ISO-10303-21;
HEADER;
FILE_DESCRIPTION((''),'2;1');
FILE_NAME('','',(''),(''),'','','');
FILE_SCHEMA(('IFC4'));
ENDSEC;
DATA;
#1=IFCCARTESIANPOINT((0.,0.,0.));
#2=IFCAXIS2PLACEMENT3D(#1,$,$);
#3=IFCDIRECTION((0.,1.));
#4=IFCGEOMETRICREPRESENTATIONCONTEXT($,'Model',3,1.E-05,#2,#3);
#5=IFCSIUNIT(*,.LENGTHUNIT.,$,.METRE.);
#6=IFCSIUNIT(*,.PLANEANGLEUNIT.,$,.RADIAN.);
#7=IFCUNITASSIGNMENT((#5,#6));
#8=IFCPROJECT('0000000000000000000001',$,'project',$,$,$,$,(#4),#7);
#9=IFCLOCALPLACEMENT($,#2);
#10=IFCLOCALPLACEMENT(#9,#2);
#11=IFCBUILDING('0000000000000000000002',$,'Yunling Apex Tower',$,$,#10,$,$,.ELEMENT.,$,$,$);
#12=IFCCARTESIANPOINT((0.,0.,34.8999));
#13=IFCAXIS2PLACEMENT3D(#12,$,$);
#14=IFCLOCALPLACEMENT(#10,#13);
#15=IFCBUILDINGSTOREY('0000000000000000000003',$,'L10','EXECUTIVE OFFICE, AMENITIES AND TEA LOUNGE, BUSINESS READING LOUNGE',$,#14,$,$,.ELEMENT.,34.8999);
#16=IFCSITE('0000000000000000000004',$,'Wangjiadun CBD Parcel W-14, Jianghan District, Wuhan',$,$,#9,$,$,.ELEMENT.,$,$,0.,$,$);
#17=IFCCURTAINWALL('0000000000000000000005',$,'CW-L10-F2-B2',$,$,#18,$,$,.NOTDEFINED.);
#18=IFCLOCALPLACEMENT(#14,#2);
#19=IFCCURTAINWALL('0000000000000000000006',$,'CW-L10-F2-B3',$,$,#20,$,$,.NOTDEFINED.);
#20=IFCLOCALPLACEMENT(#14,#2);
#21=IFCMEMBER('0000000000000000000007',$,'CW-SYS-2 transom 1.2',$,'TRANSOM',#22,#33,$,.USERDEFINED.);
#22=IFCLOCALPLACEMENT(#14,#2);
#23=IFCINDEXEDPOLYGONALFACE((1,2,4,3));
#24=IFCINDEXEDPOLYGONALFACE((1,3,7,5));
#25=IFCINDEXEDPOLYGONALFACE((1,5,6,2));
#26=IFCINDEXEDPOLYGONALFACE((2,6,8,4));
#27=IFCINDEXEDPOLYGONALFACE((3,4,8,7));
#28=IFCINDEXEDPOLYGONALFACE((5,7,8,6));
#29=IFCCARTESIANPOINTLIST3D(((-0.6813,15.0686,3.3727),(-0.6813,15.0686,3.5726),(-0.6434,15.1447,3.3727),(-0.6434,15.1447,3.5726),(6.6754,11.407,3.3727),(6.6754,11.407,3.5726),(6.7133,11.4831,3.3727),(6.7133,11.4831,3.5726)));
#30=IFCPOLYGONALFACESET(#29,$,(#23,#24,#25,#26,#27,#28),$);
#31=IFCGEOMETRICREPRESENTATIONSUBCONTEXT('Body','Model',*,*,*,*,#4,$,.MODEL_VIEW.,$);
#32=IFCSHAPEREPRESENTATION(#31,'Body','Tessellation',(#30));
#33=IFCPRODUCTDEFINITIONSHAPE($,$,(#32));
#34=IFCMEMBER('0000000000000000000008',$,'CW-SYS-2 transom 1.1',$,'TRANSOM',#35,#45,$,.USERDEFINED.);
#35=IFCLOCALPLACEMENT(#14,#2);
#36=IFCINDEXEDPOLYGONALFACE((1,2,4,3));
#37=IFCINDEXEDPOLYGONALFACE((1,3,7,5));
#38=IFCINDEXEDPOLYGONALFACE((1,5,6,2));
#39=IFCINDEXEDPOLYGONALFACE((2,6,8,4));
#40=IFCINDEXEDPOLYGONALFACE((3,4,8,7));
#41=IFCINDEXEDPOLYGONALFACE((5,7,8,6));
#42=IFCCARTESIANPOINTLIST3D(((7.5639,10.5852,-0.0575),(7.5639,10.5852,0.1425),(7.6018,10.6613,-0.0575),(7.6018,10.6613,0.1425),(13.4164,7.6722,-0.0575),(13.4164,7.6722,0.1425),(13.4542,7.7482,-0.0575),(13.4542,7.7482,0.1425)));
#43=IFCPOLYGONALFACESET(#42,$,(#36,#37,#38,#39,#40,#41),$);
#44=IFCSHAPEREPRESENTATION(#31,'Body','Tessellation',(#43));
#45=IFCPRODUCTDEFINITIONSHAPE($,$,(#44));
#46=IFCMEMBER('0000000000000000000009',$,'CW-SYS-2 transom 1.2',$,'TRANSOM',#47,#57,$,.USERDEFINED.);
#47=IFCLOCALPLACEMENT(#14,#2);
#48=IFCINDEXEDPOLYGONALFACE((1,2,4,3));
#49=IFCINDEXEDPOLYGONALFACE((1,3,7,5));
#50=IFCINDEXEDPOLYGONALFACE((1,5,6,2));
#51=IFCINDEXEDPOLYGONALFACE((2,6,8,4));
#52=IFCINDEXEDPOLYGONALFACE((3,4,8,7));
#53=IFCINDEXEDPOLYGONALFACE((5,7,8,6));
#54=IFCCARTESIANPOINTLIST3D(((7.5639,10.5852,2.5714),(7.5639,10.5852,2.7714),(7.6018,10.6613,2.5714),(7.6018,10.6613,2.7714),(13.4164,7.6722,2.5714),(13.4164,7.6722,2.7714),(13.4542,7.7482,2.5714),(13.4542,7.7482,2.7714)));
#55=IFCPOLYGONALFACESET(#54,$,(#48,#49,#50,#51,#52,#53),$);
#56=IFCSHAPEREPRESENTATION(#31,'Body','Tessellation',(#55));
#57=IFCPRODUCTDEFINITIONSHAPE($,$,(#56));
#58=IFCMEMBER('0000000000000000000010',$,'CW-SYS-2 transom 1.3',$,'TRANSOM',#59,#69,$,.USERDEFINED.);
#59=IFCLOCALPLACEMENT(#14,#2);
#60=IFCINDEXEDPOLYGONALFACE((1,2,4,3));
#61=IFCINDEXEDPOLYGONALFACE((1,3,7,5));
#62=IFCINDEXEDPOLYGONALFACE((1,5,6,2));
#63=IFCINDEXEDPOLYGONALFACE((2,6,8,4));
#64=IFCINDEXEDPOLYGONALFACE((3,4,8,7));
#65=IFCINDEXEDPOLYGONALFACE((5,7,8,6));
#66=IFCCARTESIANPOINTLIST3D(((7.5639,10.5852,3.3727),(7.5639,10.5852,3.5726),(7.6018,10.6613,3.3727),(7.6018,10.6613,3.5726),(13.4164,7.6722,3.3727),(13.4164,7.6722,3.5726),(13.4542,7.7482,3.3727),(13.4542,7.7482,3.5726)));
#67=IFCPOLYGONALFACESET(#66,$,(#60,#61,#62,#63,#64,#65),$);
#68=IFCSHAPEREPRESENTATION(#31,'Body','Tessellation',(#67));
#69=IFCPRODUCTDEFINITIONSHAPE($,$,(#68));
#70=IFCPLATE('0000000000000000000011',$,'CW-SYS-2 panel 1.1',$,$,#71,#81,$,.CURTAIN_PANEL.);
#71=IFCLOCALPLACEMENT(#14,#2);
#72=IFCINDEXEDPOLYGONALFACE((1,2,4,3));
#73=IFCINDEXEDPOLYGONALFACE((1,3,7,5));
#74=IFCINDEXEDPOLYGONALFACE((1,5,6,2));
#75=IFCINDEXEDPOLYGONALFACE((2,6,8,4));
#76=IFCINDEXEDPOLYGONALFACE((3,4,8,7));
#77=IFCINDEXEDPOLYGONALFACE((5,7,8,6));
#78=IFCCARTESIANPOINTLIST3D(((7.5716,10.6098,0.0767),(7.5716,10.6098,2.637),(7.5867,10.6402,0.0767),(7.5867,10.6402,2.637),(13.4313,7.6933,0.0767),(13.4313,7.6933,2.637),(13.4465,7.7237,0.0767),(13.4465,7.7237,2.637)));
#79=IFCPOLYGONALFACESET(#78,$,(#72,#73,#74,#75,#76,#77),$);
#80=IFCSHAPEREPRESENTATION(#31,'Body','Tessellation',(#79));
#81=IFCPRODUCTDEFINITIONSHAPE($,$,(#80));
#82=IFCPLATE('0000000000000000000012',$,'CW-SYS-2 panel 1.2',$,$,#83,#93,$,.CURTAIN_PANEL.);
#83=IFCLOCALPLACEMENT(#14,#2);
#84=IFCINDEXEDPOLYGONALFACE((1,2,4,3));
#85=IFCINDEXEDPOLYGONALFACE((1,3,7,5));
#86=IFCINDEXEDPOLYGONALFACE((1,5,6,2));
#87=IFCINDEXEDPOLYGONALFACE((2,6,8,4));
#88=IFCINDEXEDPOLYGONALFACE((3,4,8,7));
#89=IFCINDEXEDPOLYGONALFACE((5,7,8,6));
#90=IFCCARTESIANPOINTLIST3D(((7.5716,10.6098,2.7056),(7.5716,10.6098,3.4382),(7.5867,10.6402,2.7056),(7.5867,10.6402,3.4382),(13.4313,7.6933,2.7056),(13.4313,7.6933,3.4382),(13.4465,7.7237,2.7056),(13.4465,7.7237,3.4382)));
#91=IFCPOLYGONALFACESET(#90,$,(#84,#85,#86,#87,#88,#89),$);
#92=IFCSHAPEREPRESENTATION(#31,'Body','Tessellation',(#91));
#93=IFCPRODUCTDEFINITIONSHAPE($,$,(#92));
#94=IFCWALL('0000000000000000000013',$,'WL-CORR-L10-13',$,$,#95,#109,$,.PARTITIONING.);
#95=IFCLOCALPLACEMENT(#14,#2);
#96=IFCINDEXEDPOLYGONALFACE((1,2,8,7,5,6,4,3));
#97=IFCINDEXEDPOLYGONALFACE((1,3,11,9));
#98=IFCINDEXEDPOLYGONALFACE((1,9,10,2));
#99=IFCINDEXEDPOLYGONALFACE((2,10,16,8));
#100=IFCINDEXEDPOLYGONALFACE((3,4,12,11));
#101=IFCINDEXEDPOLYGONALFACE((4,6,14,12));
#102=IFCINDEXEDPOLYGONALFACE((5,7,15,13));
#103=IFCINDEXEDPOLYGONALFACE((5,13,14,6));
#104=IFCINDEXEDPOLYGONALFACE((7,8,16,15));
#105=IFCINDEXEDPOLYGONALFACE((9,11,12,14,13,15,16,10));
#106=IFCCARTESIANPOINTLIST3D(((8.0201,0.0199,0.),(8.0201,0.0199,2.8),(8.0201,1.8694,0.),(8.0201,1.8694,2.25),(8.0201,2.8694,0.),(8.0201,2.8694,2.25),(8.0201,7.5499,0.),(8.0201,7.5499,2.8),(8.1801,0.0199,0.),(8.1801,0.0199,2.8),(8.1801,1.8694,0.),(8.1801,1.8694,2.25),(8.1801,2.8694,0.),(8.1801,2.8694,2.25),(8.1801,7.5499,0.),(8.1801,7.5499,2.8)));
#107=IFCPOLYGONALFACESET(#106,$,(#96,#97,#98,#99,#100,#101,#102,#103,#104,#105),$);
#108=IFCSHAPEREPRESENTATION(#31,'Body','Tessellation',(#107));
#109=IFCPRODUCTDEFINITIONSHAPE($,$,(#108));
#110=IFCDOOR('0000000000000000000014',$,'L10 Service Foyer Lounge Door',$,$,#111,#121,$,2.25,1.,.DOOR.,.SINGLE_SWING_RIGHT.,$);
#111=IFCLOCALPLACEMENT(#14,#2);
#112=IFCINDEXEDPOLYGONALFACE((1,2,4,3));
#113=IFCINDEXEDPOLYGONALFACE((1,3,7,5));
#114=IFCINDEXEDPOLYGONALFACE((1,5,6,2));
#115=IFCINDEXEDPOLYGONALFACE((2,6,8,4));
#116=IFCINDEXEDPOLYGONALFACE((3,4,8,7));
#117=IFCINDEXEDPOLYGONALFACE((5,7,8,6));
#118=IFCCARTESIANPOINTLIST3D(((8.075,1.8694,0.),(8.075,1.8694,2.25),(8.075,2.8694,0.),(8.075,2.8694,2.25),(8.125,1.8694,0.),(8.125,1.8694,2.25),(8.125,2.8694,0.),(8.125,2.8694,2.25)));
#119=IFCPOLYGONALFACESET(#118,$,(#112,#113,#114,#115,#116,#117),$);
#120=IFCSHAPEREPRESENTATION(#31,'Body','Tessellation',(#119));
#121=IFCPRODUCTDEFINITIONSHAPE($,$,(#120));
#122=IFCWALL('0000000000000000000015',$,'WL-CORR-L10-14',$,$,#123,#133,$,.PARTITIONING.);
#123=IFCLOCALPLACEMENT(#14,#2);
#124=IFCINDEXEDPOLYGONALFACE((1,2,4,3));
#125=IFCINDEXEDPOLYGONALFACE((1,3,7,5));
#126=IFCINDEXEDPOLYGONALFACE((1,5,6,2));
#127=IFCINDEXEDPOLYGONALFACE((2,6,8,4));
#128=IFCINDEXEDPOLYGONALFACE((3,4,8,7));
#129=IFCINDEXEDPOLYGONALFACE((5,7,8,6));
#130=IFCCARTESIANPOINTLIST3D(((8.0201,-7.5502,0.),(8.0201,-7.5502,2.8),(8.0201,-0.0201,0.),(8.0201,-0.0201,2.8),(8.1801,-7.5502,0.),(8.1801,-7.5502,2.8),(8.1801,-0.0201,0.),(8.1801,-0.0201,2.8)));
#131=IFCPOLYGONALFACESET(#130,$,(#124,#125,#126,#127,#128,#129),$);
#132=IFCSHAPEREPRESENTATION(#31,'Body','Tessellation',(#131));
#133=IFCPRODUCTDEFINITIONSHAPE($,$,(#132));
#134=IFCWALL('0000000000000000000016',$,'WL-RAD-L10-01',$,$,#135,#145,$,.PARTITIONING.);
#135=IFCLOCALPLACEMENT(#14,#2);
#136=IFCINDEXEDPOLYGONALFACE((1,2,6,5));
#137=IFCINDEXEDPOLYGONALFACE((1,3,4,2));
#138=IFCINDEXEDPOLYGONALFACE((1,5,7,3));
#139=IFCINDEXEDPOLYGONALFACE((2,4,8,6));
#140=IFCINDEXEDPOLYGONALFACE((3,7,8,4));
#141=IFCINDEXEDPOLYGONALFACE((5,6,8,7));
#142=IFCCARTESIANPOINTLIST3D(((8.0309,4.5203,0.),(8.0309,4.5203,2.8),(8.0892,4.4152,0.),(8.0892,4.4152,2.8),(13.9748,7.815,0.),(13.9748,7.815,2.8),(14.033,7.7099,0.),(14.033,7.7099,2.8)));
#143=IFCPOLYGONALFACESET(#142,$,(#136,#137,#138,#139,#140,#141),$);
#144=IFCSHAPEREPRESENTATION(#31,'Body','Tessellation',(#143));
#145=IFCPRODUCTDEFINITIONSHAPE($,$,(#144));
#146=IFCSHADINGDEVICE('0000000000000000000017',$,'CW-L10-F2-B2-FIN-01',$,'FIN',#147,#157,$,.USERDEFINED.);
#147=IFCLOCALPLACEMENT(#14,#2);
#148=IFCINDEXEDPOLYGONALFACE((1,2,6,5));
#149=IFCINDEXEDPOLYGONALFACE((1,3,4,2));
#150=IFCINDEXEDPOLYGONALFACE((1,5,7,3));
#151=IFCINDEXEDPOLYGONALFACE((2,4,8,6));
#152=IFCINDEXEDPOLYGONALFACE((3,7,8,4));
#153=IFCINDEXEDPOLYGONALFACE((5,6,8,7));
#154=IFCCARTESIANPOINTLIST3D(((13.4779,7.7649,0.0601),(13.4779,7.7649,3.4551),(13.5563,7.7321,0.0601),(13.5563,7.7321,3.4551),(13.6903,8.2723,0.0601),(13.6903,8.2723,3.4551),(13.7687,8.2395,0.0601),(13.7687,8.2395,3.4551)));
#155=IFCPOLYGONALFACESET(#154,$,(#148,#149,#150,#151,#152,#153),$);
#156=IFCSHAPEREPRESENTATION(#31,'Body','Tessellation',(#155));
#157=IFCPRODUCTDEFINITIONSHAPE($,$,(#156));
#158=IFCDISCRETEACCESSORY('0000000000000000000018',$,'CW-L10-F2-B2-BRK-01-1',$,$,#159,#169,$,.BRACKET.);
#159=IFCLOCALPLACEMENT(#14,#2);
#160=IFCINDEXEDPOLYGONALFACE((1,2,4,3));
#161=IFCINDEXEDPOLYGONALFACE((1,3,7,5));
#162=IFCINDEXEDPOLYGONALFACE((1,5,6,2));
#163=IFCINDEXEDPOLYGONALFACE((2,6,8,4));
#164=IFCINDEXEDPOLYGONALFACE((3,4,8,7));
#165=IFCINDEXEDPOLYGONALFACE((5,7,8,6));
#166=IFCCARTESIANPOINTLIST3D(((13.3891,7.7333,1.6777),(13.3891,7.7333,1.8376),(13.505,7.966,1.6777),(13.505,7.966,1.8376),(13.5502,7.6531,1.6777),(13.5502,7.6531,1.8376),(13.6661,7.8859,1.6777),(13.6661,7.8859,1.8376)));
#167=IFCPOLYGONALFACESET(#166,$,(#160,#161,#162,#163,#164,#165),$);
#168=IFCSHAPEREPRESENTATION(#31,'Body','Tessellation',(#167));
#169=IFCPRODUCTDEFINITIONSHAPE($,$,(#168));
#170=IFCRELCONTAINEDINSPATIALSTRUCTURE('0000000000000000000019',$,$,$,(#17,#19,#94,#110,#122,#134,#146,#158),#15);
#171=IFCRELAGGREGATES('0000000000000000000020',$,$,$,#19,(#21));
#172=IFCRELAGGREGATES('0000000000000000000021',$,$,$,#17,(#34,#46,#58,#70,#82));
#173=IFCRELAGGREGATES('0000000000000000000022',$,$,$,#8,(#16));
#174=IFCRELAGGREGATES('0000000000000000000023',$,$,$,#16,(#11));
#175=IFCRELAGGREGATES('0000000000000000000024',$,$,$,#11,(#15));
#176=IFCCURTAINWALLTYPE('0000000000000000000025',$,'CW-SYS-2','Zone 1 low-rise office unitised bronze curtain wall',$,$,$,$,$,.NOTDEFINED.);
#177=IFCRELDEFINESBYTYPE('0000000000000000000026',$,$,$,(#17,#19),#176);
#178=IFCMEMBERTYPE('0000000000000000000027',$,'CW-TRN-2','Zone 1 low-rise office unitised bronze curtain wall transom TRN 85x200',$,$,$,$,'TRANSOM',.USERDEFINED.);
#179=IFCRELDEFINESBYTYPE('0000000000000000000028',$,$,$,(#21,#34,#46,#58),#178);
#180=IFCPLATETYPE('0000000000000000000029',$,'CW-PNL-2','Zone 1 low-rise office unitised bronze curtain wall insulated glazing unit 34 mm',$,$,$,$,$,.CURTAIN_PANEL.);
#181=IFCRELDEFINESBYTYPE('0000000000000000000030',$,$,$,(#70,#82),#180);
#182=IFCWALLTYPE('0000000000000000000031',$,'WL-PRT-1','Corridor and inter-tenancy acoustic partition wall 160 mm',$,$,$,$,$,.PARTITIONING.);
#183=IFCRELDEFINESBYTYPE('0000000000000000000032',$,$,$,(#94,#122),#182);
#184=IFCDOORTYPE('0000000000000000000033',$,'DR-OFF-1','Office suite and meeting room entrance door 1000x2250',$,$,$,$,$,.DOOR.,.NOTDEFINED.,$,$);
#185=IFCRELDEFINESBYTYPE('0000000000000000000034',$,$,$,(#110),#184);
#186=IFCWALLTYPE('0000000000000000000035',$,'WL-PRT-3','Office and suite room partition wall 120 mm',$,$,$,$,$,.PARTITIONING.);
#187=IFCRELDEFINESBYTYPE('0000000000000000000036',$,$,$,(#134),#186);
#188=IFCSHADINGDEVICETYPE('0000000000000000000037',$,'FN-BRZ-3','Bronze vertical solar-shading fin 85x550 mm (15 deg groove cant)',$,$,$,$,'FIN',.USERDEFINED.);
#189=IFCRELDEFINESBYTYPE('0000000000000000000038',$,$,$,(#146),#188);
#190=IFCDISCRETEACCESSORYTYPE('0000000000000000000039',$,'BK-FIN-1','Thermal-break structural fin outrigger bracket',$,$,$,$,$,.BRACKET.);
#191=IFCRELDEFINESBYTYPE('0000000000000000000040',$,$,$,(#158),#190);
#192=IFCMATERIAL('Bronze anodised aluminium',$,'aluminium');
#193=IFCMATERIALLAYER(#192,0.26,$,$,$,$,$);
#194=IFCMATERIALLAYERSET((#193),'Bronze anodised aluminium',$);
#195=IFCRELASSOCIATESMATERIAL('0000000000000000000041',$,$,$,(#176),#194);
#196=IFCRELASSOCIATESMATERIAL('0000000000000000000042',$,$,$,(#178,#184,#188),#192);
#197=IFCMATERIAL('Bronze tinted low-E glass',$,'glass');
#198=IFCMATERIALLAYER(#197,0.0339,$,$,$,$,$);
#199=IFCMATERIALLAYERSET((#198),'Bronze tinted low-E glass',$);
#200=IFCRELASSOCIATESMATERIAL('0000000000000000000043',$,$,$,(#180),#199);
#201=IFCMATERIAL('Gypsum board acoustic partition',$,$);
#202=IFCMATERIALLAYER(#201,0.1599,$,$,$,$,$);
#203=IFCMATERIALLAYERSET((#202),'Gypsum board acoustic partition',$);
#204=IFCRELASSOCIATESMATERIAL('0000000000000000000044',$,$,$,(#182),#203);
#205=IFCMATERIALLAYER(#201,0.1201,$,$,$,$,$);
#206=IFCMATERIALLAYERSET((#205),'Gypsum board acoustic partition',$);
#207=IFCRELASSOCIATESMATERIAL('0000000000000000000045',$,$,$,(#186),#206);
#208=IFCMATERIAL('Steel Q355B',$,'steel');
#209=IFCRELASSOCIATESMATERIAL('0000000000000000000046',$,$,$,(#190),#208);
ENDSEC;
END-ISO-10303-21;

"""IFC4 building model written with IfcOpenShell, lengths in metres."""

from ifc_helpers import new_model, si_unit, direction, frame, frame_2d, origin, origin_2d, place, context, subcontext, project, spatial, rectangle, extrude, source, transform, mapped, material, layer, layer_set, material_profile, profile_set, type_object, element, fill, aggregate, save


model = new_model("IFC4")

# Units and contexts
model_context = context("Model", 3, precision=1e-05, world=origin(), true_north=direction((0.0, 1.0)))
body_context = subcontext(model_context, "Body", "Model", "MODEL_VIEW")
ifc_project = project(units=[si_unit("LENGTHUNIT", "METRE"), si_unit("PLANEANGLEUNIT", "RADIAN")], contexts=[model_context])

# Site, building, storey
site_placement = place(None, origin())
site = spatial("IfcSite", under=ifc_project, at=site_placement, Name="Wangjiadun CBD Parcel W-14, Jianghan District, Wuhan", CompositionType="ELEMENT", RefElevation=0.0)
building_placement = place(site_placement, origin())
building = spatial("IfcBuilding", under=site, at=building_placement, Name="Yunling Apex Tower", CompositionType="ELEMENT")
storey_placement = place(building_placement, frame((0.0, 0.0, 34.8999)))
storey = spatial("IfcBuildingStorey", under=building, at=storey_placement, Name="L10", Description="EXECUTIVE OFFICE, AMENITIES AND TEA LOUNGE, BUSINESS READING LOUNGE", CompositionType="ELEMENT", Elevation=34.8999)

# Shared definitions
ifc_material_1 = material(Name="Steel Q355B", Category="steel")

# Curtain walls, member
ifc_material_2 = material(Name="Bronze anodised aluminium", Category="aluminium")
ifc_layer_1 = layer(ifc_material_2, 0.26)
ifc_layer_set_1 = layer_set([ifc_layer_1], Name="Bronze anodised aluminium")
curtain_wall_type = type_object("IfcCurtainWallType", Name="CW-SYS-2", Description="Zone 1 low-rise office unitised bronze curtain wall", PredefinedType="NOTDEFINED", material=ifc_layer_set_1)
curtain_wall_1_placement = place(storey_placement, origin())
curtain_wall_1 = element("IfcCurtainWall", 1, at=curtain_wall_1_placement, inside=storey, type_object=curtain_wall_type, Name="CW-L10-F2-B2", PredefinedType="NOTDEFINED")
curtain_wall_2_placement = place(storey_placement, origin())
curtain_wall_2 = element("IfcCurtainWall", 2, at=curtain_wall_2_placement, inside=storey, type_object=curtain_wall_type, Name="CW-L10-F2-B3", PredefinedType="NOTDEFINED")
ifc_material_profile_1 = material_profile(ifc_material_2, rectangle(XDim=0.085, YDim=0.2, at=origin_2d()))
ifc_profile_set_1 = profile_set([ifc_material_profile_1], Name="Bronze anodised aluminium")
member_type_1 = type_object("IfcMemberType", Name="CW-TRN-2", Description="Zone 1 low-rise office unitised bronze curtain wall transom TRN 85x200", ElementType="TRANSOM", PredefinedType="USERDEFINED", material=ifc_profile_set_1)
shared_shape_1 = source(origin(), body_context, "Body", "SweptSolid", [
    extrude(rectangle(XDim=0.085, YDim=0.2, at=origin_2d()), origin(), (0.0, 0.0, 1.0), 8.2175),
])
member_1_placement = place(storey_placement, frame((6.6943, 11.4451, 3.4727), z_axis=(-0.89524, 0.445585, 0.0), x_axis=(-0.445585, -0.89524, 0.0)))
member_1 = element("IfcMember", 3, at=member_1_placement, type_object=member_type_1, Name="CW-SYS-2 transom 1.2", ObjectType="TRANSOM", PredefinedType="USERDEFINED", context=body_context, shape_type="MappedRepresentation", body=[
    mapped(shared_shape_1, transform((0.0, 0.0, 0.0), scale=1.0)),
])
aggregate(curtain_wall_2, [member_1])

# Members
shared_shape_2 = source(origin(), body_context, "Body", "SweptSolid", [
    extrude(rectangle(XDim=0.085, YDim=0.2, at=origin_2d()), origin(), (0.0, 0.0, 1.0), 6.5374),
])
member_2_placement = place(storey_placement, frame((13.4353, 7.7102, 0.0425), z_axis=(-0.895232, 0.4456, 0.0), x_axis=(-0.4456, -0.895232, 0.0)))
member_2 = element("IfcMember", 4, at=member_2_placement, type_object=member_type_1, Name="CW-SYS-2 transom 1.1", ObjectType="TRANSOM", PredefinedType="USERDEFINED", context=body_context, shape_type="MappedRepresentation", body=[
    mapped(shared_shape_2, transform((0.0, 0.0, 0.0), scale=1.0)),
])
member_3_placement = place(storey_placement, frame((13.4353, 7.7102, 2.6714), z_axis=(-0.895232, 0.4456, 0.0), x_axis=(-0.4456, -0.895232, 0.0)))
member_3 = element("IfcMember", 5, at=member_3_placement, type_object=member_type_1, Name="CW-SYS-2 transom 1.2", ObjectType="TRANSOM", PredefinedType="USERDEFINED", context=body_context, shape_type="MappedRepresentation", body=[
    mapped(shared_shape_2, transform((0.0, 0.0, 0.0), scale=1.0)),
])
member_4_placement = place(storey_placement, frame((13.4353, 7.7102, 3.4727), z_axis=(-0.895232, 0.4456, 0.0), x_axis=(-0.4456, -0.895232, 0.0)))
member_4 = element("IfcMember", 6, at=member_4_placement, type_object=member_type_1, Name="CW-SYS-2 transom 1.3", ObjectType="TRANSOM", PredefinedType="USERDEFINED", context=body_context, shape_type="MappedRepresentation", body=[
    mapped(shared_shape_2, transform((0.0, 0.0, 0.0), scale=1.0)),
])

# Plates
ifc_material_3 = material(Name="Bronze tinted low-E glass", Category="glass")
ifc_layer_2 = layer(ifc_material_3, 0.0339)
ifc_layer_set_2 = layer_set([ifc_layer_2], Name="Bronze tinted low-E glass")
plate_type = type_object("IfcPlateType", Name="CW-PNL-2", Description="Zone 1 low-rise office unitised bronze curtain wall insulated glazing unit 34 mm", PredefinedType="CURTAIN_PANEL", material=ifc_layer_set_2)
shared_shape_3 = source(origin(), body_context, "Body", "SweptSolid", [
    extrude(rectangle(XDim=6.5454, YDim=0.0339, at=origin_2d()), origin(), (0.0, 0.0, 1.0), 2.5603),
])
plate_1_placement = place(storey_placement, frame((10.509, 9.1667, 0.0767), z_axis=(0.0, 0.0, 1.0), x_axis=(-0.895244, 0.445577, 0.0)))
plate_1 = element("IfcPlate", 7, at=plate_1_placement, type_object=plate_type, Name="CW-SYS-2 panel 1.1", PredefinedType="CURTAIN_PANEL", context=body_context, shape_type="MappedRepresentation", body=[
    mapped(shared_shape_3, transform((0.0, 0.0, 0.0), scale=1.0)),
])
shared_shape_4 = source(origin(), body_context, "Body", "SweptSolid", [
    extrude(rectangle(XDim=6.5454, YDim=0.0339, at=origin_2d()), origin(), (0.0, 0.0, 1.0), 0.7327),
])
plate_2_placement = place(storey_placement, frame((10.509, 9.1667, 2.7056), z_axis=(0.0, 0.0, 1.0), x_axis=(-0.895244, 0.445577, 0.0)))
plate_2 = element("IfcPlate", 8, at=plate_2_placement, type_object=plate_type, Name="CW-SYS-2 panel 1.2", PredefinedType="CURTAIN_PANEL", context=body_context, shape_type="MappedRepresentation", body=[
    mapped(shared_shape_4, transform((0.0, 0.0, 0.0), scale=1.0)),
])
aggregate(curtain_wall_1, [member_2, member_3, member_4, plate_1, plate_2])

# Wall, opening, door
ifc_material_4 = material(Name="Gypsum board acoustic partition")
ifc_layer_3 = layer(ifc_material_4, 0.1599)
ifc_layer_set_3 = layer_set([ifc_layer_3], Name="Gypsum board acoustic partition")
wall_type_1 = type_object("IfcWallType", Name="WL-PRT-1", Description="Corridor and inter-tenancy acoustic partition wall 160 mm", PredefinedType="PARTITIONING", material=ifc_layer_set_3)
wall_1_placement = place(storey_placement, frame((8.1001, 7.55, 0.0), z_axis=(0.0, 0.0, 1.0), x_axis=(0.0, -1.0, 0.0)))
wall_1 = element("IfcWall", 9, at=wall_1_placement, inside=storey, type_object=wall_type_1, Name="WL-CORR-L10-13", PredefinedType="PARTITIONING", context=body_context, shape_type="SweptSolid", body=[
    extrude(rectangle(XDim=7.53, YDim=0.1599, at=frame_2d((3.7651, 0.0))), origin(), (0.0, 0.0, 1.0), 2.8),
])
opening_placement = place(wall_1_placement, frame((4.6807, 0.0, 0.0)))
opening = element("IfcOpeningElement", 10, at=opening_placement, cuts=wall_1, PredefinedType="OPENING", context=body_context, shape_type="SweptSolid", body=[
    extrude(rectangle(XDim=1.0, YDim=2.25, at=frame_2d((0.5, 1.125))), frame((0.0, 0.0898, 0.0), z_axis=(0.0, -1.0, 0.0), x_axis=(1.0, 0.0, 0.0)), (0.0, 0.0, 1.0), 0.1799),
])
door_type = type_object("IfcDoorType", Name="DR-OFF-1", Description="Office suite and meeting room entrance door 1000x2250", OperationType="NOTDEFINED", PredefinedType="DOOR", material=ifc_material_2)
door_placement = place(opening_placement, origin())
door = element("IfcDoor", 11, at=door_placement, inside=storey, type_object=door_type, Name="L10 Service Foyer Lounge Door", OperationType="SINGLE_SWING_RIGHT", OverallHeight=2.25, OverallWidth=1.0, PredefinedType="DOOR", context=body_context, shape_type="SweptSolid", body=[
    extrude(rectangle(XDim=1.0, YDim=2.25, at=frame_2d((0.5, 1.125))), frame((0.0, 0.0249, 0.0), z_axis=(0.0, -1.0, 0.0), x_axis=(1.0, 0.0, 0.0)), (0.0, 0.0, 1.0), 0.05),
])
fill(opening, door)

# Walls
wall_2_placement = place(storey_placement, frame((8.1001, -0.02, 0.0), z_axis=(0.0, 0.0, 1.0), x_axis=(0.0, -1.0, 0.0)))
element("IfcWall", 12, at=wall_2_placement, inside=storey, type_object=wall_type_1, Name="WL-CORR-L10-14", PredefinedType="PARTITIONING", context=body_context, shape_type="SweptSolid", body=[
    extrude(rectangle(XDim=7.53, YDim=0.1599, at=frame_2d((3.7651, 0.0))), origin(), (0.0, 0.0, 1.0), 2.8),
])
ifc_layer_4 = layer(ifc_material_4, 0.1201)
ifc_layer_set_4 = layer_set([ifc_layer_4], Name="Gypsum board acoustic partition")
wall_type_2 = type_object("IfcWallType", Name="WL-PRT-3", Description="Office and suite room partition wall 120 mm", PredefinedType="PARTITIONING", material=ifc_layer_set_4)
wall_3_placement = place(storey_placement, frame((8.0601, 4.4678, 0.0), z_axis=(0.0, 0.0, 1.0), x_axis=(0.874623, 0.484804, 0.0)))
element("IfcWall", 13, at=wall_3_placement, inside=storey, type_object=wall_type_2, Name="WL-RAD-L10-01", PredefinedType="PARTITIONING", context=body_context, shape_type="SweptSolid", body=[
    extrude(rectangle(XDim=6.7959, YDim=0.1201, at=frame_2d((3.3979, 0.0))), origin(), (0.0, 0.0, 1.0), 2.8),
])

# Shading device
ifc_material_profile_2 = material_profile(ifc_material_2, rectangle(XDim=0.085, YDim=0.55, at=origin_2d()))
ifc_profile_set_2 = profile_set([ifc_material_profile_2], Name="Bronze anodised aluminium")
shading_device_type = type_object("IfcShadingDeviceType", Name="FN-BRZ-3", Description="Bronze vertical solar-shading fin 85x550 mm (15 deg groove cant)", ElementType="FIN", PredefinedType="USERDEFINED", material=ifc_profile_set_2)
shared_shape_5 = source(origin(), body_context, "Body", "SweptSolid", [
    extrude(rectangle(XDim=0.085, YDim=0.55, at=origin_2d()), origin(), (0.0, 0.0, 1.0), 3.395),
])
shading_device_placement = place(storey_placement, frame((13.6233, 8.0022, 0.0601), z_axis=(0.0, 0.0, 1.0), x_axis=(-0.922471, 0.386067, 0.0)))
element("IfcShadingDevice", 14, at=shading_device_placement, inside=storey, type_object=shading_device_type, Name="CW-L10-F2-B2-FIN-01", ObjectType="FIN", PredefinedType="USERDEFINED", context=body_context, shape_type="MappedRepresentation", body=[
    mapped(shared_shape_5, transform((0.0, 0.0, 0.0), scale=1.0)),
])

# Discrete accessory
discrete_accessory_type = type_object("IfcDiscreteAccessoryType", Name="BK-FIN-1", Description="Thermal-break structural fin outrigger bracket", PredefinedType="BRACKET", material=ifc_material_1)
shared_shape_6 = source(origin(), body_context, "Body", "SweptSolid", [
    extrude(rectangle(XDim=0.1799, YDim=0.26, at=origin_2d()), origin(), (0.0, 0.0, 1.0), 0.1599),
])
discrete_accessory_placement = place(storey_placement, frame((13.5276, 7.8096, 1.6777), z_axis=(0.0, 0.0, 1.0), x_axis=(-0.895246, 0.445573, 0.0)))
element("IfcDiscreteAccessory", 15, at=discrete_accessory_placement, inside=storey, type_object=discrete_accessory_type, Name="CW-L10-F2-B2-BRK-01-1", PredefinedType="BRACKET", context=body_context, shape_type="MappedRepresentation", body=[
    mapped(shared_shape_6, transform((0.0, 0.0, 0.0), scale=1.0)),
])

save(model, "model.ifc")
